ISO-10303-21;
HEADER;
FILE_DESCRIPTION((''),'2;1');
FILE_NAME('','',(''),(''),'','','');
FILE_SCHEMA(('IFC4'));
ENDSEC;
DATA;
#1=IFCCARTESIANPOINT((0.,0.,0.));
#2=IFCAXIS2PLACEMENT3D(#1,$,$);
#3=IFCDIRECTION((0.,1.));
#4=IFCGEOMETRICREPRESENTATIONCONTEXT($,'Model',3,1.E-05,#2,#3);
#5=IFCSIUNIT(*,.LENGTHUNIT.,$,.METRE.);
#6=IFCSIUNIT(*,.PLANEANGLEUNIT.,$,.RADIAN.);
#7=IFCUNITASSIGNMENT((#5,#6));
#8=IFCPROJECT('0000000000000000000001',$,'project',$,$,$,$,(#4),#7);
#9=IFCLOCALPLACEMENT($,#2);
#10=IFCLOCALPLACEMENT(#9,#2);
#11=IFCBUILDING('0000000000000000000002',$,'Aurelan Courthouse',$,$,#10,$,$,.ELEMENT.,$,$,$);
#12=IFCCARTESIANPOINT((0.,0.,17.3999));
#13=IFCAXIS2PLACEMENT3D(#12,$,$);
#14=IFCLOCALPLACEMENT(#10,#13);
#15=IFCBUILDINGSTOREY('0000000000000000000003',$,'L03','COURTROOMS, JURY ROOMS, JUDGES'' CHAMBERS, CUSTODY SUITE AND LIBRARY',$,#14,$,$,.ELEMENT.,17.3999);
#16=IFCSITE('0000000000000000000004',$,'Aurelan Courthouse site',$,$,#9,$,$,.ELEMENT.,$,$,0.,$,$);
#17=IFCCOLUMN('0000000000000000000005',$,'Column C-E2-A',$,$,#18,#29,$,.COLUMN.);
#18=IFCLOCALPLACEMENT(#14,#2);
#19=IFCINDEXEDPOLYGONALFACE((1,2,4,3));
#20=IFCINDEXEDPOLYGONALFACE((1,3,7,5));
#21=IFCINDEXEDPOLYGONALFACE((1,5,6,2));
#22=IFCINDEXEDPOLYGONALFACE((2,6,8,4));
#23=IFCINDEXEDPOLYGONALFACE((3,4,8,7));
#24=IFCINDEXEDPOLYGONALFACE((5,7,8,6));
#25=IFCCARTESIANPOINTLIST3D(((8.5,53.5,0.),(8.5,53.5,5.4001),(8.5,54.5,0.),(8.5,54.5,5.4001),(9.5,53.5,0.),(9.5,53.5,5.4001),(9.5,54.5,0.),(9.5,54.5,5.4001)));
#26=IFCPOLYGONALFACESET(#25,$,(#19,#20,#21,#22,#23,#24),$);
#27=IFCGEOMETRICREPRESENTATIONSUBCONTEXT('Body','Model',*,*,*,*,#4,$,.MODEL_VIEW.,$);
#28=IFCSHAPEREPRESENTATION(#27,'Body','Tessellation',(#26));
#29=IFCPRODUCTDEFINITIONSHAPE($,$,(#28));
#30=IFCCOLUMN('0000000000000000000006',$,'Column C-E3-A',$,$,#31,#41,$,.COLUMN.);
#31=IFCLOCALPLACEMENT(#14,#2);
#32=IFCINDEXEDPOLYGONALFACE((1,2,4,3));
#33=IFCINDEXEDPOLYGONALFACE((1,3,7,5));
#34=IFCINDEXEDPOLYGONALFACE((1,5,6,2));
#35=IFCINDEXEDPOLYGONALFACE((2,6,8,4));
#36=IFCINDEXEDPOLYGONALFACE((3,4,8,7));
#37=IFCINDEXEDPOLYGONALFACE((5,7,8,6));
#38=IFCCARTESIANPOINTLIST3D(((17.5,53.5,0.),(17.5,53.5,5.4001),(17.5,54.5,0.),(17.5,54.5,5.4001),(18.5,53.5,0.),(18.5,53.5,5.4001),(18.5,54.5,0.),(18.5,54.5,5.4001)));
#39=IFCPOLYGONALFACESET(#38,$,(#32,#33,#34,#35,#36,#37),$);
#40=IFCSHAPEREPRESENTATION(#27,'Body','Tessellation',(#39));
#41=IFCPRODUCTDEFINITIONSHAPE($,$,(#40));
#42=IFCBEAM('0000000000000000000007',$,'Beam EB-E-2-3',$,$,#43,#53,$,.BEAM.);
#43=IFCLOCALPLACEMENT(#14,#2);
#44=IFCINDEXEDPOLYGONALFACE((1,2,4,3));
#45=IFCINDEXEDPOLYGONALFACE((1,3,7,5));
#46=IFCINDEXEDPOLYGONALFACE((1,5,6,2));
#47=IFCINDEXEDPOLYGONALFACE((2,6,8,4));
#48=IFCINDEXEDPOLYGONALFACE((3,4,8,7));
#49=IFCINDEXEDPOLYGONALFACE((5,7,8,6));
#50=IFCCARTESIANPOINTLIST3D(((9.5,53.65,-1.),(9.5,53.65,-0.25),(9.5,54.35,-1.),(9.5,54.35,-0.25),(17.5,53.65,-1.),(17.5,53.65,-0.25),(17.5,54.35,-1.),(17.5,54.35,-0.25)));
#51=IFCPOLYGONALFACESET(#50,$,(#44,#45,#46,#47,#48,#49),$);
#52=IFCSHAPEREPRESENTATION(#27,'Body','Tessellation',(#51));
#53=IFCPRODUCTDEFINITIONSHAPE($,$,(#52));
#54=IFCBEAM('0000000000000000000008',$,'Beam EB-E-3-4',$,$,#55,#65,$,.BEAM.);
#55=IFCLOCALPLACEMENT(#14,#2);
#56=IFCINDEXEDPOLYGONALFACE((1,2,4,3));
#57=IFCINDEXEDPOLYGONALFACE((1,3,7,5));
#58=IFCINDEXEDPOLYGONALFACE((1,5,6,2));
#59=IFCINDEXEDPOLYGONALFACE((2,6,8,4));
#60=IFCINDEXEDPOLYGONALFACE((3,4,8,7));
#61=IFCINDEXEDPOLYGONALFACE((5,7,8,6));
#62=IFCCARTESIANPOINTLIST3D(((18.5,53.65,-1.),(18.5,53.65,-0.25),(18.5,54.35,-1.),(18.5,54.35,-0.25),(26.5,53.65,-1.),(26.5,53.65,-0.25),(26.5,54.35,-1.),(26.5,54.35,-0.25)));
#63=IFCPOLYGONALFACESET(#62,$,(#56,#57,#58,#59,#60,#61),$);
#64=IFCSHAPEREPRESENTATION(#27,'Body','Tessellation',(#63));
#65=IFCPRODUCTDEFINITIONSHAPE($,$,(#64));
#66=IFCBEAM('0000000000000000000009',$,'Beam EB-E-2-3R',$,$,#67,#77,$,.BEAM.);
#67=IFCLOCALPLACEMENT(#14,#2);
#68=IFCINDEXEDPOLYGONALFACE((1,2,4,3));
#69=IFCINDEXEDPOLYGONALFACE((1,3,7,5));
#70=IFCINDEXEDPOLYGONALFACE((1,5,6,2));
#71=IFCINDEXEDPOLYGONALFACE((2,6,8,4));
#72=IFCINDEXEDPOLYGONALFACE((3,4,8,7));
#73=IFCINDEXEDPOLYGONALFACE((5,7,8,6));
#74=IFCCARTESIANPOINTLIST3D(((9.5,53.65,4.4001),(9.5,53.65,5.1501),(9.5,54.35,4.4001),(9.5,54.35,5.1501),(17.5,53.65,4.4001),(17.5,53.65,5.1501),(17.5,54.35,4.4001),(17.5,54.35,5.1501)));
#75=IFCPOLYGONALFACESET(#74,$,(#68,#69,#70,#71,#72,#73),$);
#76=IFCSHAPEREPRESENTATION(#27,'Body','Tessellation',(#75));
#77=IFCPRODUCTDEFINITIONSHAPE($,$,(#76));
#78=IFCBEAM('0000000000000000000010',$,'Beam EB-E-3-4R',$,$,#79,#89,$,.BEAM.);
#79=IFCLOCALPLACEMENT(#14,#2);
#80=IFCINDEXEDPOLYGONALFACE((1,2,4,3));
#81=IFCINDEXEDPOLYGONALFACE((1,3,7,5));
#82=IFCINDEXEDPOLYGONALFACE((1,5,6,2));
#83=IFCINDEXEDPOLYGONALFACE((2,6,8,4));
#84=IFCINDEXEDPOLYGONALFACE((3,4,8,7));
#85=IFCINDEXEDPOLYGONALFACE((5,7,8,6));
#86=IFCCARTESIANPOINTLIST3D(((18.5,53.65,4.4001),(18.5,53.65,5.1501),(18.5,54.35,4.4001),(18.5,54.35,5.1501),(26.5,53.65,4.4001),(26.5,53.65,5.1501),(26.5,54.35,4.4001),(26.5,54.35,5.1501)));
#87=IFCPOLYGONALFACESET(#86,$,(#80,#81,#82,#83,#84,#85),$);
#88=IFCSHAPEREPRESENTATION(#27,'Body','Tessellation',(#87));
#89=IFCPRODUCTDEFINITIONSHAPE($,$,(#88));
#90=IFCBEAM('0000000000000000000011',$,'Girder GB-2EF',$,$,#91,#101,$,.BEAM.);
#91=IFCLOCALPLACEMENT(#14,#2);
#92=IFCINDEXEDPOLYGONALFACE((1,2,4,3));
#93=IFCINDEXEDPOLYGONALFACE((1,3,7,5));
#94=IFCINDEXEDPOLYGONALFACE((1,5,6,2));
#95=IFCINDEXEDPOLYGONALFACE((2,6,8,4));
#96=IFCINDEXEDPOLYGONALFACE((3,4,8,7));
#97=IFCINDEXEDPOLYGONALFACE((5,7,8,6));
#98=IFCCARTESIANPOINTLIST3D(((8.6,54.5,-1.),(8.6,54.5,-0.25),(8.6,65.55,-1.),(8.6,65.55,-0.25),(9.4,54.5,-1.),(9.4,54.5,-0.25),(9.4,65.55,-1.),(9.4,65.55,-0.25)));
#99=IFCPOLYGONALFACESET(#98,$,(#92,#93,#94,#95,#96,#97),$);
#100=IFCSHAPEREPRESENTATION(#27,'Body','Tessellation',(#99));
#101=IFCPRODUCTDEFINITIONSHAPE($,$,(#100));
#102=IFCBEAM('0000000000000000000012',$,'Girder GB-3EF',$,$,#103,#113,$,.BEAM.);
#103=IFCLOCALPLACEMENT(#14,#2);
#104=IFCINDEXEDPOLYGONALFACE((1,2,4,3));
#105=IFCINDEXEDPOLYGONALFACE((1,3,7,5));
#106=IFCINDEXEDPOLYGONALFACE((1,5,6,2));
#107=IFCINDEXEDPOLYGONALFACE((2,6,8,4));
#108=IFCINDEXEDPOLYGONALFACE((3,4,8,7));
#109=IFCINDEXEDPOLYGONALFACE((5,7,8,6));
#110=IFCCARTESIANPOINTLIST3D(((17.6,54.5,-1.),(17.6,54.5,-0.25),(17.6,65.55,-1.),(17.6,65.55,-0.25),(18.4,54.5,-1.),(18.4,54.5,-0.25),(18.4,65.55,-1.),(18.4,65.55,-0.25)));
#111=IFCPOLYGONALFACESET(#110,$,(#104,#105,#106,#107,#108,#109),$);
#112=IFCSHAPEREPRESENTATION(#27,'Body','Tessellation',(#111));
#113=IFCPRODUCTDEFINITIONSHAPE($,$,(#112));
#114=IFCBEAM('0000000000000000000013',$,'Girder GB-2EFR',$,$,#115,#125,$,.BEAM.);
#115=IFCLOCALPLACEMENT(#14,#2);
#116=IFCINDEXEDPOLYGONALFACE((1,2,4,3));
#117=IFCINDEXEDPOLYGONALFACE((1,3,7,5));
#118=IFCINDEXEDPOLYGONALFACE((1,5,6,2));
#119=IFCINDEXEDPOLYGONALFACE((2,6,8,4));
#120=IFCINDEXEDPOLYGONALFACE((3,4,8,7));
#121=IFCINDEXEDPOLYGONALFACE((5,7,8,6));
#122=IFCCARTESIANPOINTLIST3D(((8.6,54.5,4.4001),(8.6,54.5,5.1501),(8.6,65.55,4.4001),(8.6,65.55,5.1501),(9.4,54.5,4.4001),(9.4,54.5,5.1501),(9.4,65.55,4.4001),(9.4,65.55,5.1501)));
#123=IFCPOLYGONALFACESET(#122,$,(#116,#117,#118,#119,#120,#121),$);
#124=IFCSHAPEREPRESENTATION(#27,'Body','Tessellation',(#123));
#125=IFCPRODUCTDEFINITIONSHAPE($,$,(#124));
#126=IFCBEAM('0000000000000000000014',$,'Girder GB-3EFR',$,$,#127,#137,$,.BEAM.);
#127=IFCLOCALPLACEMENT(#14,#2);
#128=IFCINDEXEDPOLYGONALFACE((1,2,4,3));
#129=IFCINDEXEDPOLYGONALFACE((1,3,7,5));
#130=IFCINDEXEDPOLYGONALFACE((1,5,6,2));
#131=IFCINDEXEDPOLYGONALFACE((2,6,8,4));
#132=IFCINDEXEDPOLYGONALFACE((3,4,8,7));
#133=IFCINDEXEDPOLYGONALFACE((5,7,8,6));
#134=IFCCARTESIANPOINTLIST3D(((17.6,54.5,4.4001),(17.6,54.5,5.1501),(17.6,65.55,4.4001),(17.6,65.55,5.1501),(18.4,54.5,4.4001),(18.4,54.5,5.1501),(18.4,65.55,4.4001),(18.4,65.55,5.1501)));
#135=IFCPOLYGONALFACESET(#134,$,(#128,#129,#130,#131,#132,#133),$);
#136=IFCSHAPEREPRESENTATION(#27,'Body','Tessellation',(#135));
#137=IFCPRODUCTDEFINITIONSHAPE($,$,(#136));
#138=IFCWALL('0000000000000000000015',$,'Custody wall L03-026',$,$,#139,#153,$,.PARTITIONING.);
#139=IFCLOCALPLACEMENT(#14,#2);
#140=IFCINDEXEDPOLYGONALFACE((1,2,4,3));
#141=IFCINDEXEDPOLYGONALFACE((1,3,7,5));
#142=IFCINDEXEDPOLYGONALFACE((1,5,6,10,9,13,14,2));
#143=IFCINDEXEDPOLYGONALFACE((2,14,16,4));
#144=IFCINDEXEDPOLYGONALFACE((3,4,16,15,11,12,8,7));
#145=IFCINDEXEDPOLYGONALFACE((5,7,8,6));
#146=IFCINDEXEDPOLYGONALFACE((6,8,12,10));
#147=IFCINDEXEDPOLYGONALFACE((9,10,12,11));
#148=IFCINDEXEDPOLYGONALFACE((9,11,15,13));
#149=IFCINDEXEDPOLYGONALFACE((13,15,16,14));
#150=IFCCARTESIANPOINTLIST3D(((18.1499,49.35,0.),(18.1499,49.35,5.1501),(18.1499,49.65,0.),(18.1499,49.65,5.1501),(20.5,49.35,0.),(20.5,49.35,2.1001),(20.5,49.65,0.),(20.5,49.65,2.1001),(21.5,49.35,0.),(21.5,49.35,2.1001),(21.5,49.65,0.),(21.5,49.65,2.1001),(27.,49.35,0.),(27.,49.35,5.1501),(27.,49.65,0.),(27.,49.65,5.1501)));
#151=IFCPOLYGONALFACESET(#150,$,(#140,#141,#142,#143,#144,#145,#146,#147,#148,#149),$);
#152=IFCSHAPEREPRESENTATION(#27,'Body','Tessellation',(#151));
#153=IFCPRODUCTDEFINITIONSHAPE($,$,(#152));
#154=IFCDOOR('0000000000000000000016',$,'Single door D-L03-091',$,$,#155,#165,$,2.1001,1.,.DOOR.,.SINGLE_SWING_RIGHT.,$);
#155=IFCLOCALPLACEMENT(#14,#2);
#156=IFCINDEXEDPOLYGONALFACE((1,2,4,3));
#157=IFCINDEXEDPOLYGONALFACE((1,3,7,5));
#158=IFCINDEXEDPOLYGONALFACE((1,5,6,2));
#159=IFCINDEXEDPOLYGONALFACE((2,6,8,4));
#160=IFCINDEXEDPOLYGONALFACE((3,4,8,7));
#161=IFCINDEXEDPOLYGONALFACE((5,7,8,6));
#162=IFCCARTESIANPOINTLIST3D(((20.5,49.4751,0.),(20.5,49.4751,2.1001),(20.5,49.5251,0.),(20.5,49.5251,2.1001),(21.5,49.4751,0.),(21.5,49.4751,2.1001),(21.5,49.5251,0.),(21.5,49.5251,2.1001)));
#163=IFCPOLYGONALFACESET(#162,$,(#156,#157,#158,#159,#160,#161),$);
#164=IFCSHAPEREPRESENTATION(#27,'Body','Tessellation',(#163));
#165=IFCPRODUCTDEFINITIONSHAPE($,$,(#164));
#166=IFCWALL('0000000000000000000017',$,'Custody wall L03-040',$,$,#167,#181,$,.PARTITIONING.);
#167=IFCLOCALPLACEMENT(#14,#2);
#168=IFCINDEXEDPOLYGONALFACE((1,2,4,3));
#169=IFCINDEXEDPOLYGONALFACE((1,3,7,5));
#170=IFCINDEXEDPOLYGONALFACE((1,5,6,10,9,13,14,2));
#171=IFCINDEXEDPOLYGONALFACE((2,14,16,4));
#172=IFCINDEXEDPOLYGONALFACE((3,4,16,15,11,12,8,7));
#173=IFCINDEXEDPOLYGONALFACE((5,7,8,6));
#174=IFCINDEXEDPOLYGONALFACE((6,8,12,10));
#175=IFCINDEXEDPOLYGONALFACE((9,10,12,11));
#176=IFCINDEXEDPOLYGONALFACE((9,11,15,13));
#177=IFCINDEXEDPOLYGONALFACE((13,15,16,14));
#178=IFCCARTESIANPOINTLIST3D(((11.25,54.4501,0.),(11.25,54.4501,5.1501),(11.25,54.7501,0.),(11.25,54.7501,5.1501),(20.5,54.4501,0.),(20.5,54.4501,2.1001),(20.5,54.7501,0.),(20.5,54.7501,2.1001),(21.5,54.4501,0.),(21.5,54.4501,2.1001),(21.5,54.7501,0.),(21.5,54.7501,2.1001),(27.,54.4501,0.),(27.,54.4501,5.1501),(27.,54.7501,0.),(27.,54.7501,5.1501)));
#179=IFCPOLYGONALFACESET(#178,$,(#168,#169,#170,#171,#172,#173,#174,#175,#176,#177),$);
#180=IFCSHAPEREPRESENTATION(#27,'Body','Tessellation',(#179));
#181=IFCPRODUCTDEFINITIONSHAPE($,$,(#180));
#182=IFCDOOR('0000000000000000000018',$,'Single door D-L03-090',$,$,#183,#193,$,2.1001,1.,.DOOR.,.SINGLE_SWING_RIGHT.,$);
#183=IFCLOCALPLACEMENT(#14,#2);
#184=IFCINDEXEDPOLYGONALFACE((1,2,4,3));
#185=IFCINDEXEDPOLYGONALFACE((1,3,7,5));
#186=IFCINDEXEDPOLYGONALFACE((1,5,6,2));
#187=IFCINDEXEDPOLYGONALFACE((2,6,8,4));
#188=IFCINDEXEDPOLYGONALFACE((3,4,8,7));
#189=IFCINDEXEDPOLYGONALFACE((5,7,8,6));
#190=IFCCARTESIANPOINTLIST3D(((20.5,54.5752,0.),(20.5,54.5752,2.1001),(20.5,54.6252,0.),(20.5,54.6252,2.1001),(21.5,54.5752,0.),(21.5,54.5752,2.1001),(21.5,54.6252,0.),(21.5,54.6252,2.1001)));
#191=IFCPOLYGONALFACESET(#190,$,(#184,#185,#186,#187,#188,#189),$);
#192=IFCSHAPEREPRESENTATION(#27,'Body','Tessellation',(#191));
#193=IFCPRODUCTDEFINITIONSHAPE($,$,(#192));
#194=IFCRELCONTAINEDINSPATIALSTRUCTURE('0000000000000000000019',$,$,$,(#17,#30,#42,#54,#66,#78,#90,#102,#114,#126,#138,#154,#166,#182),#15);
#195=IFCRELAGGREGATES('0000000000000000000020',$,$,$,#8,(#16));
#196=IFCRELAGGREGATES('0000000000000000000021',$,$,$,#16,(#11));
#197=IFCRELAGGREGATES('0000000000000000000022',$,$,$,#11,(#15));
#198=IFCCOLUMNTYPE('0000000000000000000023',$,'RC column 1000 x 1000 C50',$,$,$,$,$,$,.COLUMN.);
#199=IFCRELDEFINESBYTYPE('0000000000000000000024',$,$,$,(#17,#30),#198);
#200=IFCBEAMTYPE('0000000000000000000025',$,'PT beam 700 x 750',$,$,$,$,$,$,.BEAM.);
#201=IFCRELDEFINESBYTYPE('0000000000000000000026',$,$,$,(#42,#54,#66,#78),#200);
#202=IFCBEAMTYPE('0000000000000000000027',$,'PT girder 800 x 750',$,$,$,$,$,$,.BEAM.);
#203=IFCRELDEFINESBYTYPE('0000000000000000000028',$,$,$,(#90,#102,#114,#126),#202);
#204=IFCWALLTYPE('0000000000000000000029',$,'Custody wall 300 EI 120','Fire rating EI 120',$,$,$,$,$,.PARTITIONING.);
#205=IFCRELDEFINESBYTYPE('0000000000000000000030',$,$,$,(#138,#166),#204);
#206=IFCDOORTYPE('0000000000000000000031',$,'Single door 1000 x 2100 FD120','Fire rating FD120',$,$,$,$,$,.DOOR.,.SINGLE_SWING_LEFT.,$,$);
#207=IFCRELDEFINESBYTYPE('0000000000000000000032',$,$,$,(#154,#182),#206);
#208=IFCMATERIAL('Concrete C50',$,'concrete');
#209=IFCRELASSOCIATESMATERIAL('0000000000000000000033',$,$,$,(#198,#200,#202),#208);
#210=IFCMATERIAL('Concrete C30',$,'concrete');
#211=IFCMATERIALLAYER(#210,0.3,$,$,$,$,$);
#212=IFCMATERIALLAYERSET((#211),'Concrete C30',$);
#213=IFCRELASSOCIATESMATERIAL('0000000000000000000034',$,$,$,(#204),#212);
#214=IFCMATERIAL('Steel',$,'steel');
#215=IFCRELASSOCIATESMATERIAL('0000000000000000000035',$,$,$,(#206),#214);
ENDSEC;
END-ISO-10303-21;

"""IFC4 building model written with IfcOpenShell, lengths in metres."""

from ifc_helpers import new_model, si_unit, direction, frame, frame_2d, origin, origin_2d, place, context, subcontext, project, spatial, rectangle, extrude, material, layer, layer_set, material_profile, profile_set, type_object, element, fill, save


model = new_model("IFC4")

# Units and contexts
model_context = context("Model", 3, precision=1e-05, world=origin(), true_north=direction((0.0, 1.0)))
body_context = subcontext(model_context, "Body", "Model", "MODEL_VIEW")
ifc_project = project(units=[si_unit("LENGTHUNIT", "METRE"), si_unit("PLANEANGLEUNIT", "RADIAN")], contexts=[model_context])

# Site, building, storey
site_placement = place(None, origin())
site = spatial("IfcSite", under=ifc_project, at=site_placement, Name="Aurelan Courthouse site", CompositionType="ELEMENT", RefElevation=0.0)
building_placement = place(site_placement, origin())
building = spatial("IfcBuilding", under=site, at=building_placement, Name="Aurelan Courthouse", CompositionType="ELEMENT")
storey_placement = place(building_placement, frame((0.0, 0.0, 17.3999)))
storey = spatial("IfcBuildingStorey", under=building, at=storey_placement, Name="L03", Description="COURTROOMS, JURY ROOMS, JUDGES' CHAMBERS, CUSTODY SUITE AND LIBRARY", CompositionType="ELEMENT", Elevation=17.3999)

# Columns
ifc_material_1 = material(Name="Concrete C50", Category="concrete")
ifc_material_profile_1 = material_profile(ifc_material_1, rectangle(XDim=1.0, YDim=1.0, at=origin_2d()), Name="RC 1000 x 1000")
ifc_profile_set_1 = profile_set([ifc_material_profile_1], Name="Concrete C50")
column_type = type_object("IfcColumnType", Name="RC column 1000 x 1000 C50", PredefinedType="COLUMN", material=ifc_profile_set_1)
for number, where, z_axis, x_axis, name in (
    (1, (9.0, 54.0, 0.0), (0.0, 0.0, 1.0), (1.0, 0.0, 0.0), "Column C-E2-A"),
    (2, (18.0, 54.0, 0.0), (0.0, 0.0, 1.0), (1.0, 0.0, 0.0), "Column C-E3-A"),
):
    element("IfcColumn", number, at=place(storey_placement, frame(where, z_axis=z_axis, x_axis=x_axis)), inside=storey, type_object=column_type, Name=name, PredefinedType="COLUMN", context=body_context, shape_type="SweptSolid", body=[
        extrude(rectangle(XDim=1.0, YDim=1.0, at=origin_2d()), origin(), (0.0, 0.0, 1.0), 5.4001),
    ])

# Beams
ifc_material_profile_2 = material_profile(ifc_material_1, rectangle(XDim=0.7, YDim=0.75, at=origin_2d()), Name="RC 700 x 750")
ifc_profile_set_2 = profile_set([ifc_material_profile_2], Name="Concrete C50")
beam_type_1 = type_object("IfcBeamType", Name="PT beam 700 x 750", PredefinedType="BEAM", material=ifc_profile_set_2)
for number, where, z_axis, x_axis, name in (
    (3, (9.5, 54.0, -0.625), (1.0, 0.0, 0.0), (0.0, 1.0, 0.0), "Beam EB-E-2-3"),
    (4, (18.5, 54.0, -0.625), (1.0, 0.0, 0.0), (0.0, 1.0, 0.0), "Beam EB-E-3-4"),
    (5, (9.5, 54.0, 4.7751), (1.0, 0.0, 0.0), (0.0, 1.0, 0.0), "Beam EB-E-2-3R"),
    (6, (18.5, 54.0, 4.7751), (1.0, 0.0, 0.0), (0.0, 1.0, 0.0), "Beam EB-E-3-4R"),
):
    element("IfcBeam", number, at=place(storey_placement, frame(where, z_axis=z_axis, x_axis=x_axis)), inside=storey, type_object=beam_type_1, Name=name, PredefinedType="BEAM", context=body_context, shape_type="SweptSolid", body=[
        extrude(rectangle(XDim=0.7, YDim=0.75, at=origin_2d()), origin(), (0.0, 0.0, 1.0), 8.0),
    ])
ifc_material_profile_3 = material_profile(ifc_material_1, rectangle(XDim=0.8, YDim=0.75, at=origin_2d()), Name="RC 800 x 750")
ifc_profile_set_3 = profile_set([ifc_material_profile_3], Name="Concrete C50")
beam_type_2 = type_object("IfcBeamType", Name="PT girder 800 x 750", PredefinedType="BEAM", material=ifc_profile_set_3)
for number, where, z_axis, x_axis, name in (
    (7, (9.0, 54.5, -0.625), (0.0, 1.0, 0.0), (-1.0, 0.0, 0.0), "Girder GB-2EF"),
    (8, (18.0, 54.5, -0.625), (0.0, 1.0, 0.0), (-1.0, 0.0, 0.0), "Girder GB-3EF"),
    (9, (9.0, 54.5, 4.7751), (0.0, 1.0, 0.0), (-1.0, 0.0, 0.0), "Girder GB-2EFR"),
    (10, (18.0, 54.5, 4.7751), (0.0, 1.0, 0.0), (-1.0, 0.0, 0.0), "Girder GB-3EFR"),
):
    element("IfcBeam", number, at=place(storey_placement, frame(where, z_axis=z_axis, x_axis=x_axis)), inside=storey, type_object=beam_type_2, Name=name, PredefinedType="BEAM", context=body_context, shape_type="SweptSolid", body=[
        extrude(rectangle(XDim=0.8, YDim=0.75, at=origin_2d()), origin(), (0.0, 0.0, 1.0), 11.05),
    ])

# Walls, openings, doors
ifc_material_2 = material(Name="Concrete C30", Category="concrete")
ifc_layer_1 = layer(ifc_material_2, 0.3)
ifc_layer_set_1 = layer_set([ifc_layer_1], Name="Concrete C30")
wall_type_1 = type_object("IfcWallType", Name="Custody wall 300 EI 120", Description="Fire rating EI 120", PredefinedType="PARTITIONING", material=ifc_layer_set_1)
wall_1_placement = place(storey_placement, frame((18.1499, 49.5, 0.0), z_axis=(0.0, 0.0, 1.0), x_axis=(1.0, 0.0, 0.0)))
wall_1 = element("IfcWall", 11, at=wall_1_placement, inside=storey, type_object=wall_type_1, Name="Custody wall L03-026", PredefinedType="PARTITIONING", context=body_context, shape_type="SweptSolid", body=[
    extrude(rectangle(XDim=8.8501, YDim=0.3, at=frame_2d((4.425, 0.0))), origin(), (0.0, 0.0, 1.0), 5.1501),
])
opening_1_placement = place(wall_1_placement, frame((3.3501, 0.0, 0.0), z_axis=(0.0, 0.0, 1.0), x_axis=(-1.0, 0.0, 0.0)))
opening_1 = element("IfcOpeningElement", 12, at=opening_1_placement, cuts=wall_1, PredefinedType="OPENING", context=body_context, shape_type="SweptSolid", body=[
    extrude(rectangle(XDim=1.0, YDim=2.1001, at=frame_2d((0.5, 1.05))), frame((0.0, 0.1599, 0.0), z_axis=(0.0, -1.0, 0.0), x_axis=(1.0, 0.0, 0.0)), (0.0, 0.0, 1.0), 0.3201),
])
ifc_material_3 = material(Name="Steel", Category="steel")
door_type_1 = type_object("IfcDoorType", Name="Single door 1000 x 2100 FD120", Description="Fire rating FD120", OperationType="SINGLE_SWING_LEFT", PredefinedType="DOOR", material=ifc_material_3)
door_1_placement = place(opening_1_placement, origin())
door_1 = element("IfcDoor", 13, at=door_1_placement, inside=storey, type_object=door_type_1, Name="Single door D-L03-091", OperationType="SINGLE_SWING_RIGHT", OverallHeight=2.1001, OverallWidth=1.0, PredefinedType="DOOR", context=body_context, shape_type="SweptSolid", body=[
    extrude(rectangle(XDim=1.0, YDim=2.1001, at=frame_2d((0.5, 1.05))), frame((0.0, 0.0249, 0.0), z_axis=(0.0, -1.0, 0.0), x_axis=(1.0, 0.0, 0.0)), (0.0, 0.0, 1.0), 0.05),
])
fill(opening_1, door_1)
wall_2_placement = place(storey_placement, frame((11.25, 54.6001, 0.0), z_axis=(0.0, 0.0, 1.0), x_axis=(1.0, 0.0, 0.0)))
wall_2 = element("IfcWall", 14, at=wall_2_placement, inside=storey, type_object=wall_type_1, Name="Custody wall L03-040", PredefinedType="PARTITIONING", context=body_context, shape_type="SweptSolid", body=[
    extrude(rectangle(XDim=15.75, YDim=0.3, at=frame_2d((7.875, 0.0))), origin(), (0.0, 0.0, 1.0), 5.1501),
])
opening_2_placement = place(wall_2_placement, frame((10.25, 0.0, 0.0), z_axis=(0.0, 0.0, 1.0), x_axis=(-1.0, 0.0, 0.0)))
opening_2 = element("IfcOpeningElement", 15, at=opening_2_placement, cuts=wall_2, PredefinedType="OPENING", context=body_context, shape_type="SweptSolid", body=[
    extrude(rectangle(XDim=1.0, YDim=2.1001, at=frame_2d((0.5, 1.05))), frame((0.0, 0.1599, 0.0), z_axis=(0.0, -1.0, 0.0), x_axis=(1.0, 0.0, 0.0)), (0.0, 0.0, 1.0), 0.3201),
])
door_2_placement = place(opening_2_placement, origin())
door_2 = element("IfcDoor", 16, at=door_2_placement, inside=storey, type_object=door_type_1, Name="Single door D-L03-090", OperationType="SINGLE_SWING_RIGHT", OverallHeight=2.1001, OverallWidth=1.0, PredefinedType="DOOR", context=body_context, shape_type="SweptSolid", body=[
    extrude(rectangle(XDim=1.0, YDim=2.1001, at=frame_2d((0.5, 1.05))), frame((0.0, 0.0249, 0.0), z_axis=(0.0, -1.0, 0.0), x_axis=(1.0, 0.0, 0.0)), (0.0, 0.0, 1.0), 0.05),
])
fill(opening_2, door_2)

save(model, "model.ifc")
